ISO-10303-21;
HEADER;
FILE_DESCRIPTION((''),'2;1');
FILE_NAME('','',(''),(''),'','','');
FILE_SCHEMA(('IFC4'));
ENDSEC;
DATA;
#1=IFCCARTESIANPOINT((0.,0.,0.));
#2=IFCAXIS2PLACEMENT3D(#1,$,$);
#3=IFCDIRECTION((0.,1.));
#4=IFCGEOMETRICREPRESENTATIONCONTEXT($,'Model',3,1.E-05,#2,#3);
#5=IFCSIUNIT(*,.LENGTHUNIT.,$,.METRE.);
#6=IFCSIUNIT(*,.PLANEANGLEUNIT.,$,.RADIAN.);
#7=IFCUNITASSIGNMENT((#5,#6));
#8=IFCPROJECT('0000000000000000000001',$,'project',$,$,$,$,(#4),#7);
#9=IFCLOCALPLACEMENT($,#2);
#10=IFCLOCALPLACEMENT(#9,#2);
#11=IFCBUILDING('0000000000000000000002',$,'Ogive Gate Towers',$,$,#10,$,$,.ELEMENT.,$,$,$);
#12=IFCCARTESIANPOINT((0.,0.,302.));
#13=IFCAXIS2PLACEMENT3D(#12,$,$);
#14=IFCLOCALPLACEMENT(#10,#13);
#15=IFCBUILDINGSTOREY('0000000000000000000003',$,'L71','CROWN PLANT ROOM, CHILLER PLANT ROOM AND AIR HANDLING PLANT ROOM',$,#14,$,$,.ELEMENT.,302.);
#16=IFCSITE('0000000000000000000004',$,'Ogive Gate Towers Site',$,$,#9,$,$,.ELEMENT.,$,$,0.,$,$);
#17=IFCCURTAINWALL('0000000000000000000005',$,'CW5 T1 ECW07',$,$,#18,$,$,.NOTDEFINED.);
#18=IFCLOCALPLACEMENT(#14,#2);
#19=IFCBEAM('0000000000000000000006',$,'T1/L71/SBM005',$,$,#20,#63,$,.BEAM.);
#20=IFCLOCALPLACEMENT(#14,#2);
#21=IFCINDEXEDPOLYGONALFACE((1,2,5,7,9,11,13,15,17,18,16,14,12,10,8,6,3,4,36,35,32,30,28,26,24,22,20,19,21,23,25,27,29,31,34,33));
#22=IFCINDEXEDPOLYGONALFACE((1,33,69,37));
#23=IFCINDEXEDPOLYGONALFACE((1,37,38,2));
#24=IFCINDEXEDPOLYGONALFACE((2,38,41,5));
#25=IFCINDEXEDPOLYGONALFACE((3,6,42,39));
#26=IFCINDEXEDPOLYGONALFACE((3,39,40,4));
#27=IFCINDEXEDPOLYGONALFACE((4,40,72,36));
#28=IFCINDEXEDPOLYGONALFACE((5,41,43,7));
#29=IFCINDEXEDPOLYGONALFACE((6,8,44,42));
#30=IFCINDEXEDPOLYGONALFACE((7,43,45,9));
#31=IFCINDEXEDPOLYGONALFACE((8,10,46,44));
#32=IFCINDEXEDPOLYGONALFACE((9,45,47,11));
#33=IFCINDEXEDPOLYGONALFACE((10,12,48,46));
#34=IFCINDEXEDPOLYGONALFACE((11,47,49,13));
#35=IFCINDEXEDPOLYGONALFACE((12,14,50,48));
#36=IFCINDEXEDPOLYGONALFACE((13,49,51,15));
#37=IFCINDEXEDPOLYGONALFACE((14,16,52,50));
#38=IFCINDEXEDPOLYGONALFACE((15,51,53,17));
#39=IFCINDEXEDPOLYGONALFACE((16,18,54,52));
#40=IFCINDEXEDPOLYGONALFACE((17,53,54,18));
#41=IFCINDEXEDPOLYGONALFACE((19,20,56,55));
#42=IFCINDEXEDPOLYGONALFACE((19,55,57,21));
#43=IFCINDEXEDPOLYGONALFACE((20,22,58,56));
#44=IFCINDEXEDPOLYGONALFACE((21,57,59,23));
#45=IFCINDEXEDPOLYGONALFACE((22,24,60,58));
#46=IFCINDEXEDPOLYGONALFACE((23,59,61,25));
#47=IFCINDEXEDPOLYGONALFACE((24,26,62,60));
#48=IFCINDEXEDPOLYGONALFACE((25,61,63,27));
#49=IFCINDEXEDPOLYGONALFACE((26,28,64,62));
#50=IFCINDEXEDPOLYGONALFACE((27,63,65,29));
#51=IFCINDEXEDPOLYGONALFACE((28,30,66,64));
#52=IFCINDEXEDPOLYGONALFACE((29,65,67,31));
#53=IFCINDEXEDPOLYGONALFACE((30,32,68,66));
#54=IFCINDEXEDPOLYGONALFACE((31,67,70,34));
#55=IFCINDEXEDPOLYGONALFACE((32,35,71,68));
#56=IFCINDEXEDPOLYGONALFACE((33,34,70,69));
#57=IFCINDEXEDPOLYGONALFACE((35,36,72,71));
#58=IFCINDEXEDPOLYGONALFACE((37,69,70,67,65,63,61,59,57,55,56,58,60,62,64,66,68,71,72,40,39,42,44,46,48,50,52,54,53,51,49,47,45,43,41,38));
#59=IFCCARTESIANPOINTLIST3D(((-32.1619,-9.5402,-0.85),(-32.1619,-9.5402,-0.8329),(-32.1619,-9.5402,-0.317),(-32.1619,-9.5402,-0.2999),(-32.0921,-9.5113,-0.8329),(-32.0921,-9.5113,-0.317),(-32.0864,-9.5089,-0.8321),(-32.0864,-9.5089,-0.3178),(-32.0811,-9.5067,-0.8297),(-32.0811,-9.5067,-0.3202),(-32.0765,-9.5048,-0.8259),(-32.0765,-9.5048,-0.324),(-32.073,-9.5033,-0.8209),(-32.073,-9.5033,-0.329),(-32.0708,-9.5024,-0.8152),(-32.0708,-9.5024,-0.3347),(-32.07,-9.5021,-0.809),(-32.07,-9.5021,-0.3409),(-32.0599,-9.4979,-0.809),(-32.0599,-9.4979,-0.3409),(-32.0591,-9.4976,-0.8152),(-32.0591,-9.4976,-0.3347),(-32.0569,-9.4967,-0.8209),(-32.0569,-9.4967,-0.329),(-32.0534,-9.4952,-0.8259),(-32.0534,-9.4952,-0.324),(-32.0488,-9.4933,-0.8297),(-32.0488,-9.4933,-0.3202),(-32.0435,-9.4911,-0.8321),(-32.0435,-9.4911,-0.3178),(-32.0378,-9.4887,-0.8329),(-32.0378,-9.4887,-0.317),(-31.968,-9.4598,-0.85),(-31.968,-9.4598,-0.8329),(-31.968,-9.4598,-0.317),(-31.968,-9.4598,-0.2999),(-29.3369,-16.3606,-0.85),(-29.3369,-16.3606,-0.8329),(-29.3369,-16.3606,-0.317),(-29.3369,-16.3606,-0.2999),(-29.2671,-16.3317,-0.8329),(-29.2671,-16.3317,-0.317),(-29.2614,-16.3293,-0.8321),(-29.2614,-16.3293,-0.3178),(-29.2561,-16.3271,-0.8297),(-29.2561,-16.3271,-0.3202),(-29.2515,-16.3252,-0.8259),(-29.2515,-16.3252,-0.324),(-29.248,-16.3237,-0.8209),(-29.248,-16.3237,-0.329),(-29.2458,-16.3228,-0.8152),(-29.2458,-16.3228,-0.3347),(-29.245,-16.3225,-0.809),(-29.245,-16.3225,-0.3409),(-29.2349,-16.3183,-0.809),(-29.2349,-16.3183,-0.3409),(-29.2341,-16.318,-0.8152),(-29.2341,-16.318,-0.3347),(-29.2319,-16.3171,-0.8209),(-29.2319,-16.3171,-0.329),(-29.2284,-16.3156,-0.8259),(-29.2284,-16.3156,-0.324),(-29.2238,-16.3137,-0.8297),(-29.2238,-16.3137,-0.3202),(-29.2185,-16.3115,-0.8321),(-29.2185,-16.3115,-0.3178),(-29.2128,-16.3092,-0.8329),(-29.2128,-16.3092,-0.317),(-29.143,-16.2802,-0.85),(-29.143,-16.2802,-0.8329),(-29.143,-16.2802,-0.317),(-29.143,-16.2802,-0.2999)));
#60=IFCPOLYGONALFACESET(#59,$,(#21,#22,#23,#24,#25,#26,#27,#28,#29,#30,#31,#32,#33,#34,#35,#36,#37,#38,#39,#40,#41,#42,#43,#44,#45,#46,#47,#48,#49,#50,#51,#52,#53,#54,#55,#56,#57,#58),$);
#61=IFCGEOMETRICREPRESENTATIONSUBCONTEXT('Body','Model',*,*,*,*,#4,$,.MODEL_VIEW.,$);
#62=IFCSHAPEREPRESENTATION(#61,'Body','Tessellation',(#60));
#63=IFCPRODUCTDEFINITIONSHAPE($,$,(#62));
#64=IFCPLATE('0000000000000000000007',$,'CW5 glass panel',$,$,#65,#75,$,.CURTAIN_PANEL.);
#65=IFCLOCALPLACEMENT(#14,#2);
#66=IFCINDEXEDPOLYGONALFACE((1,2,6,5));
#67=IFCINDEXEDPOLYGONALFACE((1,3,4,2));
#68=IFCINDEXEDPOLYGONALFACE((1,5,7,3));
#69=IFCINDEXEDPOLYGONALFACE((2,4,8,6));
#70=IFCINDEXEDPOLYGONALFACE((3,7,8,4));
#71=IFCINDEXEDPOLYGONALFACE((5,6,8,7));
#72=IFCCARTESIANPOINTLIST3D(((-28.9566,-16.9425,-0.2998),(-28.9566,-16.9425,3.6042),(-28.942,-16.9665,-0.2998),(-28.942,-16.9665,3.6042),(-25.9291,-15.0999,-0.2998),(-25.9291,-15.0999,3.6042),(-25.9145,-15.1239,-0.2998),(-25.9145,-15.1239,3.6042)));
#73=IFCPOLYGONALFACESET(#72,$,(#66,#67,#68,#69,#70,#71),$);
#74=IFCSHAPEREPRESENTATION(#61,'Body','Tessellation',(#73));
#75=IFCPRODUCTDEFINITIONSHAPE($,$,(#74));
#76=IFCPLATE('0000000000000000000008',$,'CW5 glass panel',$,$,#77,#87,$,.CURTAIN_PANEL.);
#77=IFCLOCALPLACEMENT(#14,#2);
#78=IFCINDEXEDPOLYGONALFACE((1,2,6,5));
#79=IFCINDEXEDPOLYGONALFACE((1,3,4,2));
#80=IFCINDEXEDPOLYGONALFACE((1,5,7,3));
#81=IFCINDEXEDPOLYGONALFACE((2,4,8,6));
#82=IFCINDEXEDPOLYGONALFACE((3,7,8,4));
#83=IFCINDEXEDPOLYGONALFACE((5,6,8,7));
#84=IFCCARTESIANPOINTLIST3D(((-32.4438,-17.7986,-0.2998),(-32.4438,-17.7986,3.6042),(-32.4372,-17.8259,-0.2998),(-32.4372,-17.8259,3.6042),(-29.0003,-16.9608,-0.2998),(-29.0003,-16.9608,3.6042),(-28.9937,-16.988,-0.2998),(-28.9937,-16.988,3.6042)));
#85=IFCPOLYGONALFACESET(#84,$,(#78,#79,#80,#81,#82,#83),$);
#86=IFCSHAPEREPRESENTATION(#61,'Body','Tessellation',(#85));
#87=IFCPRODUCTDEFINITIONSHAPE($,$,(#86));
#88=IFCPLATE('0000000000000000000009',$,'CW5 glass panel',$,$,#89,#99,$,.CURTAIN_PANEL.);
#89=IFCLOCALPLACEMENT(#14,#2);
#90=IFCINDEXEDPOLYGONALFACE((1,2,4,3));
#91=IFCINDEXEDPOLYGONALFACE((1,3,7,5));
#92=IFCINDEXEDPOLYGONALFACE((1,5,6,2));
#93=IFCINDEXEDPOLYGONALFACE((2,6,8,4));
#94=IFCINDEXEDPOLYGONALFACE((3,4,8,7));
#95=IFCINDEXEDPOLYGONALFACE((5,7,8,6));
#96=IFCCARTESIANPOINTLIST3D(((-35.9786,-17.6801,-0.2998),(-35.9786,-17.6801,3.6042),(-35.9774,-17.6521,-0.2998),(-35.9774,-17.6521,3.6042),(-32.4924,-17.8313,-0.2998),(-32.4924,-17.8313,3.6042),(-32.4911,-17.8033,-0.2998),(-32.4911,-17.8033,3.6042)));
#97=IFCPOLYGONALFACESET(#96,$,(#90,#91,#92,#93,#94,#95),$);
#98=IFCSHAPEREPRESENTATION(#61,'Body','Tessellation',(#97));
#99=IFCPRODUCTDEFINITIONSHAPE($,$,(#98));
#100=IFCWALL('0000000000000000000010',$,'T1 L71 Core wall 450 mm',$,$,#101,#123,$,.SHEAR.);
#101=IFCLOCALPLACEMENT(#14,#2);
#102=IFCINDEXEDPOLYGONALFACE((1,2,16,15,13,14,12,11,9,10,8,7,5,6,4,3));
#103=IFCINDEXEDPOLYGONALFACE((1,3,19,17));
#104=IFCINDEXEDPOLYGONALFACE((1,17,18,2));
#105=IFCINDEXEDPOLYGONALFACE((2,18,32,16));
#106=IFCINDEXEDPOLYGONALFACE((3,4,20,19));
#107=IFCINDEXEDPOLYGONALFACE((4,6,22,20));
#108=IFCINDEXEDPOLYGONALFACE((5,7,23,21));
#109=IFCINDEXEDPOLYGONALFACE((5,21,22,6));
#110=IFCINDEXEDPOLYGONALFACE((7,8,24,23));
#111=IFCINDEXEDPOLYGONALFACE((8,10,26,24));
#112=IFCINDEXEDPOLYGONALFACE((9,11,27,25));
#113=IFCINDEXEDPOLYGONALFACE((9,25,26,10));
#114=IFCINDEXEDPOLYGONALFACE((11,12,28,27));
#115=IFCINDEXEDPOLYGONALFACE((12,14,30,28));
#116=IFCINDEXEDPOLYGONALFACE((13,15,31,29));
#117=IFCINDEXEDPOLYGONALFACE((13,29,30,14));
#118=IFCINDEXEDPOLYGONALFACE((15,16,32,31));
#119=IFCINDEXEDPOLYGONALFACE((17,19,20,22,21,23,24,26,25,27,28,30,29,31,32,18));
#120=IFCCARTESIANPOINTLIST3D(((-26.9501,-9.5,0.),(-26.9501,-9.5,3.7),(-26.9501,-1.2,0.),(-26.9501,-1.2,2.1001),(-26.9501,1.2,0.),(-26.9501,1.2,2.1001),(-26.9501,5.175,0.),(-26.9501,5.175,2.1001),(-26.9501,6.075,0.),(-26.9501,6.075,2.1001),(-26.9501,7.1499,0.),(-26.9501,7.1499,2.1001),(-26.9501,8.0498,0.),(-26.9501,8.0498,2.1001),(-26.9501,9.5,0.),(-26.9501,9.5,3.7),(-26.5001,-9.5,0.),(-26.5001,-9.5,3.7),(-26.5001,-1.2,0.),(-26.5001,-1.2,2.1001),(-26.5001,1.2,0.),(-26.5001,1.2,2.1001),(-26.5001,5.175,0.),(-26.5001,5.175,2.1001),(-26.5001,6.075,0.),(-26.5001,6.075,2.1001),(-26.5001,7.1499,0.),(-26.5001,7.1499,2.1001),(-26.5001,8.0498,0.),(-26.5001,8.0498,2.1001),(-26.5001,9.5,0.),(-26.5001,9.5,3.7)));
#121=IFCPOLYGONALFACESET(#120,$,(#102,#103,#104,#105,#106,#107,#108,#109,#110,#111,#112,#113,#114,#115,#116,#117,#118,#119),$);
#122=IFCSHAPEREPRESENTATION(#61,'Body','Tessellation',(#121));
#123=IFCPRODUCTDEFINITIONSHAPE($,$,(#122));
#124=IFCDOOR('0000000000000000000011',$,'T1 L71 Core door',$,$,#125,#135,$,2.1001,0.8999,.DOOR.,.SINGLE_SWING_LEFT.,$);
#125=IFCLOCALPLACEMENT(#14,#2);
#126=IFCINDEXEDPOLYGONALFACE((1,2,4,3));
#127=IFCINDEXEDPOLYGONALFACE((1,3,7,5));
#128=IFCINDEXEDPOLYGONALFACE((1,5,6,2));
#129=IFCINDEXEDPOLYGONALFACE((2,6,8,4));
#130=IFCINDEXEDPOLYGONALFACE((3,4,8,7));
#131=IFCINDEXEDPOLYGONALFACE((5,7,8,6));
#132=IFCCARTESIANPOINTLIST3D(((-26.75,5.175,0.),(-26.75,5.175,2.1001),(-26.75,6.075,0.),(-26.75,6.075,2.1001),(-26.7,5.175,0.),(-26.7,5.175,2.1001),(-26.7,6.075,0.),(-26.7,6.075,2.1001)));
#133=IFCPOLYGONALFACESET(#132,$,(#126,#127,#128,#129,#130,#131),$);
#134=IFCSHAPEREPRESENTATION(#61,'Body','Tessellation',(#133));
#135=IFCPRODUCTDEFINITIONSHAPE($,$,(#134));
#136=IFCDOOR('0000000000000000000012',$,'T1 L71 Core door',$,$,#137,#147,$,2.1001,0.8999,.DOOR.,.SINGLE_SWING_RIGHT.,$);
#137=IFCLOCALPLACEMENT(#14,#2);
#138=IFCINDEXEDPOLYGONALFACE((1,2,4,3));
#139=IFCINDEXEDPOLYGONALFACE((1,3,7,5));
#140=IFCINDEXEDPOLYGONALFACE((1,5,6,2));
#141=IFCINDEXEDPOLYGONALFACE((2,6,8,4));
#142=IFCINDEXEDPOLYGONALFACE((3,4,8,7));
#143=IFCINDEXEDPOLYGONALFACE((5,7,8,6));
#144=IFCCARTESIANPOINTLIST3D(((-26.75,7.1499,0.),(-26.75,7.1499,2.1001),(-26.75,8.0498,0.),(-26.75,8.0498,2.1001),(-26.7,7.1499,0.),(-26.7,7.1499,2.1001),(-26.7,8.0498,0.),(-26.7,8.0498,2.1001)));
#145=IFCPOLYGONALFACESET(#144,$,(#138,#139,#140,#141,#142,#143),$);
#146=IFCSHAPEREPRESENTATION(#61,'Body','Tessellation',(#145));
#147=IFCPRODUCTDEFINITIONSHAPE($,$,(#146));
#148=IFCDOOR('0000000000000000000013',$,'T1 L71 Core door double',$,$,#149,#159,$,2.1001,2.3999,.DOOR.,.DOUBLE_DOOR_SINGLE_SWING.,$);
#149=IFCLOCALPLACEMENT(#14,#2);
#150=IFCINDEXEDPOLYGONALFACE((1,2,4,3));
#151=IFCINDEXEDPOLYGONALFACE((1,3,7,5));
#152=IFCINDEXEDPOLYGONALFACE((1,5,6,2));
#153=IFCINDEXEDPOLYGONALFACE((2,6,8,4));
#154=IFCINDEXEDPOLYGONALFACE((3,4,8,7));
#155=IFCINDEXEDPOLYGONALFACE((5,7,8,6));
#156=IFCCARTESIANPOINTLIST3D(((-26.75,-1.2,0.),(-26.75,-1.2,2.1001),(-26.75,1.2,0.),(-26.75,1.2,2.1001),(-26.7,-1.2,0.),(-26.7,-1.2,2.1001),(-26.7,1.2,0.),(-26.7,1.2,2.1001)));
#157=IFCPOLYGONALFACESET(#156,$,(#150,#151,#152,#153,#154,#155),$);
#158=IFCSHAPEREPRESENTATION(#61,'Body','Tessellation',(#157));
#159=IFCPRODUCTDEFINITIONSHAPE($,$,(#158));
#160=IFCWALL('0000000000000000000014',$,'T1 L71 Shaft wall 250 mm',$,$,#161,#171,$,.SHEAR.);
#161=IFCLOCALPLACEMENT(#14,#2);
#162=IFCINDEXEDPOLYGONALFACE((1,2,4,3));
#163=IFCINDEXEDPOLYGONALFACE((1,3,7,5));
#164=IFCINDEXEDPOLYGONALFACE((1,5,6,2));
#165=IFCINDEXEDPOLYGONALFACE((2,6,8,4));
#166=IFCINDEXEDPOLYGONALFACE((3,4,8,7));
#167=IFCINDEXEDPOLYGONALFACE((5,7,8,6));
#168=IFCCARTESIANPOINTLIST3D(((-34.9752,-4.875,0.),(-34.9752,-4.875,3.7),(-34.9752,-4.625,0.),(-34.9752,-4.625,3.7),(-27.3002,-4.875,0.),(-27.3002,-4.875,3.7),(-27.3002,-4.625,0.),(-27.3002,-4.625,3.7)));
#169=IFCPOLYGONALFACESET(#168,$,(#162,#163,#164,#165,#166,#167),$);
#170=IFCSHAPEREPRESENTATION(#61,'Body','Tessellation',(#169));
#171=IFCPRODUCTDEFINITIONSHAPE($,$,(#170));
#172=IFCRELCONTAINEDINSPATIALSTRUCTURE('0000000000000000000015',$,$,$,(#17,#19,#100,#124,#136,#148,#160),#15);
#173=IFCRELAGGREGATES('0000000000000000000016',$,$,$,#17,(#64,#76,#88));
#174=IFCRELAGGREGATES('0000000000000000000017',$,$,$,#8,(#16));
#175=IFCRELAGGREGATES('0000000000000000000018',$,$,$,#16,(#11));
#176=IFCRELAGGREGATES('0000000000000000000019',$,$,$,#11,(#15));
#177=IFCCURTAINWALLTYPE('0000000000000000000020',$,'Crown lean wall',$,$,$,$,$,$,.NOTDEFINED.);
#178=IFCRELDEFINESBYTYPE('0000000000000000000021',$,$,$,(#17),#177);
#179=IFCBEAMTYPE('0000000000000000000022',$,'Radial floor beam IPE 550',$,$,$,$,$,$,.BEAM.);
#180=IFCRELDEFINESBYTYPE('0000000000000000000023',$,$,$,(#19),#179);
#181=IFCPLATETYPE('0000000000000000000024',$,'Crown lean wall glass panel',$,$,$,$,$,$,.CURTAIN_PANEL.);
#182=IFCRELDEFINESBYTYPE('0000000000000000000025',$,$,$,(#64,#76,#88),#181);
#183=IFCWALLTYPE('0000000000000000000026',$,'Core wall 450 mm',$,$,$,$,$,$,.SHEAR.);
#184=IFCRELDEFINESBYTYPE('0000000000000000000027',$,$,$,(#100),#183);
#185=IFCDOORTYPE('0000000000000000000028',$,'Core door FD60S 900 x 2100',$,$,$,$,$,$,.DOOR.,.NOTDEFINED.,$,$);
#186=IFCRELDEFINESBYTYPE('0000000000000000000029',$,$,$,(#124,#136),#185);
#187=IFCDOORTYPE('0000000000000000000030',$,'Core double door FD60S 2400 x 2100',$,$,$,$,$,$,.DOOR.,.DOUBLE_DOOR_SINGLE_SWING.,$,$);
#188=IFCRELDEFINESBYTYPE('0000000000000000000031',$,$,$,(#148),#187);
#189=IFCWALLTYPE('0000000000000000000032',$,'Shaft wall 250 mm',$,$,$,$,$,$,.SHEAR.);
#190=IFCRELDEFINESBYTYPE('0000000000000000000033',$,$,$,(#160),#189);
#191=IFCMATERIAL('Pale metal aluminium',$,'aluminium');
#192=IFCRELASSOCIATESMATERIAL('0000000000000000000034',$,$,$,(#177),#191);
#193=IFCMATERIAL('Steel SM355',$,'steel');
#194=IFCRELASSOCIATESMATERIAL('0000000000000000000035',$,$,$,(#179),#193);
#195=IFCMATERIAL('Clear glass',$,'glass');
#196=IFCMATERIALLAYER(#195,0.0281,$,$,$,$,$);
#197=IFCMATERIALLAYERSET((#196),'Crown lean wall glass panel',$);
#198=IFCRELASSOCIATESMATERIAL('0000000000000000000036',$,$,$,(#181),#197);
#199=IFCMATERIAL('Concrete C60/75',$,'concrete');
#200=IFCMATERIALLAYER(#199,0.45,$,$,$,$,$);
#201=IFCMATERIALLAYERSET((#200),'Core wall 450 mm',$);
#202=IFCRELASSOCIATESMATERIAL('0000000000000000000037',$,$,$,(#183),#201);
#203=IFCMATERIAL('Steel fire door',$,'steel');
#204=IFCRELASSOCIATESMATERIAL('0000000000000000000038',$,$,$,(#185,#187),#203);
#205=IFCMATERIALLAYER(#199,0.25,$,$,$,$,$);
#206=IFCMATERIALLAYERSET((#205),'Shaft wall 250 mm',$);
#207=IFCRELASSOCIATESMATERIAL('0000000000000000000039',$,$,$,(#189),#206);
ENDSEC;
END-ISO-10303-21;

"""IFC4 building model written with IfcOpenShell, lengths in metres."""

from ifc_helpers import new_model, si_unit, direction, frame, frame_2d, origin, origin_2d, place, context, subcontext, project, spatial, rectangle, i_section, extrude, material, layer, layer_set, material_profile, profile_set, type_object, element, fill, aggregate, save


model = new_model("IFC4")

# Units and contexts
model_context = context("Model", 3, precision=1e-05, world=origin(), true_north=direction((0.0, 1.0)))
body_context = subcontext(model_context, "Body", "Model", "MODEL_VIEW")
ifc_project = project(units=[si_unit("LENGTHUNIT", "METRE"), si_unit("PLANEANGLEUNIT", "RADIAN")], contexts=[model_context])

# Site, building, storey
site_placement = place(None, origin())
site = spatial("IfcSite", under=ifc_project, at=site_placement, Name="Ogive Gate Towers Site", CompositionType="ELEMENT", RefElevation=0.0)
building_placement = place(site_placement, origin())
building = spatial("IfcBuilding", under=site, at=building_placement, Name="Ogive Gate Towers", CompositionType="ELEMENT")
storey_placement = place(building_placement, frame((0.0, 0.0, 302.0)))
storey = spatial("IfcBuildingStorey", under=building, at=storey_placement, Name="L71", Description="CROWN PLANT ROOM, CHILLER PLANT ROOM AND AIR HANDLING PLANT ROOM", CompositionType="ELEMENT", Elevation=302.0)

# Shared definitions
ifc_material_1 = material(Name="Pale metal aluminium", Category="aluminium")
curtain_wall_type = type_object("IfcCurtainWallType", Name="Crown lean wall", PredefinedType="NOTDEFINED", material=ifc_material_1)

# Curtain wall
curtain_wall_1_placement = place(storey_placement, origin())
curtain_wall_1 = element("IfcCurtainWall", 1, at=curtain_wall_1_placement, inside=storey, type_object=curtain_wall_type, Name="CW5 T1 ECW07", PredefinedType="NOTDEFINED")

# Beam
ifc_material_2 = material(Name="Steel SM355", Category="steel")
ifc_material_profile_1 = material_profile(ifc_material_2, i_section(OverallWidth=0.21, OverallDepth=0.55, WebThickness=0.011, FlangeThickness=0.0171, FilletRadius=0.0239, at=origin_2d()), Name="IPE 550")
ifc_profile_set_1 = profile_set([ifc_material_profile_1], Name="Steel SM355")
beam_type_1 = type_object("IfcBeamType", Name="Radial floor beam IPE 550", PredefinedType="BEAM", material=ifc_profile_set_1)
beam_1_placement = place(storey_placement, frame((-32.0649, -9.5, -0.575), z_axis=(0.38267, -0.923885, 0.0), x_axis=(0.923885, 0.38267, 0.0)))
element("IfcBeam", 2, at=beam_1_placement, inside=storey, type_object=beam_type_1, Name="T1/L71/SBM005", PredefinedType="BEAM", context=body_context, shape_type="SweptSolid", body=[
    extrude(i_section(OverallWidth=0.21, OverallDepth=0.55, WebThickness=0.011, FlangeThickness=0.0171, FilletRadius=0.0239, at=origin_2d()), origin(), (0.0, 0.0, 1.0), 7.3823),
])

# Plates
ifc_material_3 = material(Name="Clear glass", Category="glass")
ifc_layer_1 = layer(ifc_material_3, 0.0281)
ifc_layer_set_1 = layer_set([ifc_layer_1], Name="Crown lean wall glass panel")
plate_type = type_object("IfcPlateType", Name="Crown lean wall glass panel", PredefinedType="CURTAIN_PANEL", material=ifc_layer_set_1)
plate_1_placement = place(storey_placement, frame((-27.4355, -16.0332, -0.2998), z_axis=(0.0, 0.0, 1.0), x_axis=(-0.854232, -0.519892, 0.0)))
plate_1 = element("IfcPlate", 3, at=plate_1_placement, type_object=plate_type, Name="CW5 glass panel", PredefinedType="CURTAIN_PANEL", context=body_context, shape_type="SweptSolid", body=[
    extrude(rectangle(XDim=3.5442, YDim=0.0281, at=origin_2d()), origin(), (0.0, 0.0, 1.0), 3.9041),
])
plate_2_placement = place(storey_placement, frame((-30.7188, -17.3933, -0.2998), z_axis=(0.0, 0.0, 1.0), x_axis=(-0.971652, -0.236414, 0.0)))
plate_2 = element("IfcPlate", 4, at=plate_2_placement, type_object=plate_type, Name="CW5 glass panel", PredefinedType="CURTAIN_PANEL", context=body_context, shape_type="SweptSolid", body=[
    extrude(rectangle(XDim=3.5439, YDim=0.0281, at=origin_2d()), origin(), (0.0, 0.0, 1.0), 3.9041),
])
plate_3_placement = place(storey_placement, frame((-34.2349, -17.7417, -0.2998), z_axis=(0.0, 0.0, 1.0), x_axis=(-0.99906, 0.04334, 0.0)))
plate_3 = element("IfcPlate", 5, at=plate_3_placement, type_object=plate_type, Name="CW5 glass panel", PredefinedType="CURTAIN_PANEL", context=body_context, shape_type="SweptSolid", body=[
    extrude(rectangle(XDim=3.4895, YDim=0.0281, at=origin_2d()), origin(), (0.0, 0.0, 1.0), 3.9041),
])
aggregate(curtain_wall_1, [plate_1, plate_2, plate_3])

# Wall, openings, doors
ifc_material_4 = material(Name="Concrete C60/75", Category="concrete")
ifc_layer_2 = layer(ifc_material_4, 0.45)
ifc_layer_set_2 = layer_set([ifc_layer_2], Name="Core wall 450 mm")
wall_type_1 = type_object("IfcWallType", Name="Core wall 450 mm", PredefinedType="SHEAR", material=ifc_layer_set_2)
wall_1_placement = place(storey_placement, frame((-26.7251, -9.5, 0.0), z_axis=(0.0, 0.0, 1.0), x_axis=(0.0, 1.0, 0.0)))
wall_1 = element("IfcWall", 6, at=wall_1_placement, inside=storey, type_object=wall_type_1, Name="T1 L71 Core wall 450 mm", PredefinedType="SHEAR", context=body_context, shape_type="SweptSolid", body=[
    extrude(rectangle(XDim=19.0, YDim=0.45, at=frame_2d((9.5, 0.0))), origin(), (0.0, 0.0, 1.0), 3.7),
])
opening_1_placement = place(wall_1_placement, frame((8.3, 0.0, 0.0)))
opening_1 = element("IfcOpeningElement", 7, at=opening_1_placement, cuts=wall_1, PredefinedType="OPENING", context=body_context, shape_type="SweptSolid", body=[
    extrude(rectangle(XDim=2.3999, YDim=2.1001, at=frame_2d((1.2, 1.05))), frame((0.0, 0.2349, 0.0), z_axis=(0.0, -1.0, 0.0), x_axis=(1.0, 0.0, 0.0)), (0.0, 0.0, 1.0), 0.47),
])
opening_2_placement = place(wall_1_placement, frame((14.675, 0.0, 0.0)))
opening_2 = element("IfcOpeningElement", 8, at=opening_2_placement, cuts=wall_1, PredefinedType="OPENING", context=body_context, shape_type="SweptSolid", body=[
    extrude(rectangle(XDim=0.8999, YDim=2.1001, at=frame_2d((0.45, 1.05))), frame((0.0, 0.2349, 0.0), z_axis=(0.0, -1.0, 0.0), x_axis=(1.0, 0.0, 0.0)), (0.0, 0.0, 1.0), 0.47),
])
opening_3_placement = place(wall_1_placement, frame((16.6499, 0.0, 0.0)))
opening_3 = element("IfcOpeningElement", 9, at=opening_3_placement, cuts=wall_1, PredefinedType="OPENING", context=body_context, shape_type="SweptSolid", body=[
    extrude(rectangle(XDim=0.8999, YDim=2.1001, at=frame_2d((0.45, 1.05))), frame((0.0, 0.2349, 0.0), z_axis=(0.0, -1.0, 0.0), x_axis=(1.0, 0.0, 0.0)), (0.0, 0.0, 1.0), 0.47),
])
ifc_material_5 = material(Name="Steel fire door", Category="steel")
door_type_1 = type_object("IfcDoorType", Name="Core door FD60S 900 x 2100", OperationType="NOTDEFINED", PredefinedType="DOOR", material=ifc_material_5)
door_1_placement = place(opening_2_placement, origin())
door_1 = element("IfcDoor", 10, at=door_1_placement, inside=storey, type_object=door_type_1, Name="T1 L71 Core door", OperationType="SINGLE_SWING_LEFT", OverallHeight=2.1001, OverallWidth=0.8999, PredefinedType="DOOR", context=body_context, shape_type="SweptSolid", body=[
    extrude(rectangle(XDim=0.8999, YDim=2.1001, at=frame_2d((0.45, 1.05))), frame((0.0, 0.0249, 0.0), z_axis=(0.0, -1.0, 0.0), x_axis=(1.0, 0.0, 0.0)), (0.0, 0.0, 1.0), 0.05),
])
fill(opening_2, door_1)
door_2_placement = place(opening_3_placement, origin())
door_2 = element("IfcDoor", 11, at=door_2_placement, inside=storey, type_object=door_type_1, Name="T1 L71 Core door", OperationType="SINGLE_SWING_RIGHT", OverallHeight=2.1001, OverallWidth=0.8999, PredefinedType="DOOR", context=body_context, shape_type="SweptSolid", body=[
    extrude(rectangle(XDim=0.8999, YDim=2.1001, at=frame_2d((0.45, 1.05))), frame((0.0, 0.0249, 0.0), z_axis=(0.0, -1.0, 0.0), x_axis=(1.0, 0.0, 0.0)), (0.0, 0.0, 1.0), 0.05),
])
fill(opening_3, door_2)
door_type_2 = type_object("IfcDoorType", Name="Core double door FD60S 2400 x 2100", OperationType="DOUBLE_DOOR_SINGLE_SWING", PredefinedType="DOOR", material=ifc_material_5)
door_3_placement = place(opening_1_placement, origin())
door_3 = element("IfcDoor", 12, at=door_3_placement, inside=storey, type_object=door_type_2, Name="T1 L71 Core door double", OperationType="DOUBLE_DOOR_SINGLE_SWING", OverallHeight=2.1001, OverallWidth=2.3999, PredefinedType="DOOR", context=body_context, shape_type="SweptSolid", body=[
    extrude(rectangle(XDim=2.3999, YDim=2.1001, at=frame_2d((1.2, 1.05))), frame((0.0, 0.0249, 0.0), z_axis=(0.0, -1.0, 0.0), x_axis=(1.0, 0.0, 0.0)), (0.0, 0.0, 1.0), 0.05),
])
fill(opening_1, door_3)

# Wall
ifc_layer_3 = layer(ifc_material_4, 0.25)
ifc_layer_set_3 = layer_set([ifc_layer_3], Name="Shaft wall 250 mm")
wall_type_2 = type_object("IfcWallType", Name="Shaft wall 250 mm", PredefinedType="SHEAR", material=ifc_layer_set_3)
wall_2_placement = place(storey_placement, frame((-34.9751, -4.75, 0.0), z_axis=(0.0, 0.0, 1.0), x_axis=(1.0, 0.0, 0.0)))
element("IfcWall", 13, at=wall_2_placement, inside=storey, type_object=wall_type_2, Name="T1 L71 Shaft wall 250 mm", PredefinedType="SHEAR", context=body_context, shape_type="SweptSolid", body=[
    extrude(rectangle(XDim=7.675, YDim=0.25, at=frame_2d((3.8374, 0.0))), origin(), (0.0, 0.0, 1.0), 3.7),
])

save(model, "model.ifc")
